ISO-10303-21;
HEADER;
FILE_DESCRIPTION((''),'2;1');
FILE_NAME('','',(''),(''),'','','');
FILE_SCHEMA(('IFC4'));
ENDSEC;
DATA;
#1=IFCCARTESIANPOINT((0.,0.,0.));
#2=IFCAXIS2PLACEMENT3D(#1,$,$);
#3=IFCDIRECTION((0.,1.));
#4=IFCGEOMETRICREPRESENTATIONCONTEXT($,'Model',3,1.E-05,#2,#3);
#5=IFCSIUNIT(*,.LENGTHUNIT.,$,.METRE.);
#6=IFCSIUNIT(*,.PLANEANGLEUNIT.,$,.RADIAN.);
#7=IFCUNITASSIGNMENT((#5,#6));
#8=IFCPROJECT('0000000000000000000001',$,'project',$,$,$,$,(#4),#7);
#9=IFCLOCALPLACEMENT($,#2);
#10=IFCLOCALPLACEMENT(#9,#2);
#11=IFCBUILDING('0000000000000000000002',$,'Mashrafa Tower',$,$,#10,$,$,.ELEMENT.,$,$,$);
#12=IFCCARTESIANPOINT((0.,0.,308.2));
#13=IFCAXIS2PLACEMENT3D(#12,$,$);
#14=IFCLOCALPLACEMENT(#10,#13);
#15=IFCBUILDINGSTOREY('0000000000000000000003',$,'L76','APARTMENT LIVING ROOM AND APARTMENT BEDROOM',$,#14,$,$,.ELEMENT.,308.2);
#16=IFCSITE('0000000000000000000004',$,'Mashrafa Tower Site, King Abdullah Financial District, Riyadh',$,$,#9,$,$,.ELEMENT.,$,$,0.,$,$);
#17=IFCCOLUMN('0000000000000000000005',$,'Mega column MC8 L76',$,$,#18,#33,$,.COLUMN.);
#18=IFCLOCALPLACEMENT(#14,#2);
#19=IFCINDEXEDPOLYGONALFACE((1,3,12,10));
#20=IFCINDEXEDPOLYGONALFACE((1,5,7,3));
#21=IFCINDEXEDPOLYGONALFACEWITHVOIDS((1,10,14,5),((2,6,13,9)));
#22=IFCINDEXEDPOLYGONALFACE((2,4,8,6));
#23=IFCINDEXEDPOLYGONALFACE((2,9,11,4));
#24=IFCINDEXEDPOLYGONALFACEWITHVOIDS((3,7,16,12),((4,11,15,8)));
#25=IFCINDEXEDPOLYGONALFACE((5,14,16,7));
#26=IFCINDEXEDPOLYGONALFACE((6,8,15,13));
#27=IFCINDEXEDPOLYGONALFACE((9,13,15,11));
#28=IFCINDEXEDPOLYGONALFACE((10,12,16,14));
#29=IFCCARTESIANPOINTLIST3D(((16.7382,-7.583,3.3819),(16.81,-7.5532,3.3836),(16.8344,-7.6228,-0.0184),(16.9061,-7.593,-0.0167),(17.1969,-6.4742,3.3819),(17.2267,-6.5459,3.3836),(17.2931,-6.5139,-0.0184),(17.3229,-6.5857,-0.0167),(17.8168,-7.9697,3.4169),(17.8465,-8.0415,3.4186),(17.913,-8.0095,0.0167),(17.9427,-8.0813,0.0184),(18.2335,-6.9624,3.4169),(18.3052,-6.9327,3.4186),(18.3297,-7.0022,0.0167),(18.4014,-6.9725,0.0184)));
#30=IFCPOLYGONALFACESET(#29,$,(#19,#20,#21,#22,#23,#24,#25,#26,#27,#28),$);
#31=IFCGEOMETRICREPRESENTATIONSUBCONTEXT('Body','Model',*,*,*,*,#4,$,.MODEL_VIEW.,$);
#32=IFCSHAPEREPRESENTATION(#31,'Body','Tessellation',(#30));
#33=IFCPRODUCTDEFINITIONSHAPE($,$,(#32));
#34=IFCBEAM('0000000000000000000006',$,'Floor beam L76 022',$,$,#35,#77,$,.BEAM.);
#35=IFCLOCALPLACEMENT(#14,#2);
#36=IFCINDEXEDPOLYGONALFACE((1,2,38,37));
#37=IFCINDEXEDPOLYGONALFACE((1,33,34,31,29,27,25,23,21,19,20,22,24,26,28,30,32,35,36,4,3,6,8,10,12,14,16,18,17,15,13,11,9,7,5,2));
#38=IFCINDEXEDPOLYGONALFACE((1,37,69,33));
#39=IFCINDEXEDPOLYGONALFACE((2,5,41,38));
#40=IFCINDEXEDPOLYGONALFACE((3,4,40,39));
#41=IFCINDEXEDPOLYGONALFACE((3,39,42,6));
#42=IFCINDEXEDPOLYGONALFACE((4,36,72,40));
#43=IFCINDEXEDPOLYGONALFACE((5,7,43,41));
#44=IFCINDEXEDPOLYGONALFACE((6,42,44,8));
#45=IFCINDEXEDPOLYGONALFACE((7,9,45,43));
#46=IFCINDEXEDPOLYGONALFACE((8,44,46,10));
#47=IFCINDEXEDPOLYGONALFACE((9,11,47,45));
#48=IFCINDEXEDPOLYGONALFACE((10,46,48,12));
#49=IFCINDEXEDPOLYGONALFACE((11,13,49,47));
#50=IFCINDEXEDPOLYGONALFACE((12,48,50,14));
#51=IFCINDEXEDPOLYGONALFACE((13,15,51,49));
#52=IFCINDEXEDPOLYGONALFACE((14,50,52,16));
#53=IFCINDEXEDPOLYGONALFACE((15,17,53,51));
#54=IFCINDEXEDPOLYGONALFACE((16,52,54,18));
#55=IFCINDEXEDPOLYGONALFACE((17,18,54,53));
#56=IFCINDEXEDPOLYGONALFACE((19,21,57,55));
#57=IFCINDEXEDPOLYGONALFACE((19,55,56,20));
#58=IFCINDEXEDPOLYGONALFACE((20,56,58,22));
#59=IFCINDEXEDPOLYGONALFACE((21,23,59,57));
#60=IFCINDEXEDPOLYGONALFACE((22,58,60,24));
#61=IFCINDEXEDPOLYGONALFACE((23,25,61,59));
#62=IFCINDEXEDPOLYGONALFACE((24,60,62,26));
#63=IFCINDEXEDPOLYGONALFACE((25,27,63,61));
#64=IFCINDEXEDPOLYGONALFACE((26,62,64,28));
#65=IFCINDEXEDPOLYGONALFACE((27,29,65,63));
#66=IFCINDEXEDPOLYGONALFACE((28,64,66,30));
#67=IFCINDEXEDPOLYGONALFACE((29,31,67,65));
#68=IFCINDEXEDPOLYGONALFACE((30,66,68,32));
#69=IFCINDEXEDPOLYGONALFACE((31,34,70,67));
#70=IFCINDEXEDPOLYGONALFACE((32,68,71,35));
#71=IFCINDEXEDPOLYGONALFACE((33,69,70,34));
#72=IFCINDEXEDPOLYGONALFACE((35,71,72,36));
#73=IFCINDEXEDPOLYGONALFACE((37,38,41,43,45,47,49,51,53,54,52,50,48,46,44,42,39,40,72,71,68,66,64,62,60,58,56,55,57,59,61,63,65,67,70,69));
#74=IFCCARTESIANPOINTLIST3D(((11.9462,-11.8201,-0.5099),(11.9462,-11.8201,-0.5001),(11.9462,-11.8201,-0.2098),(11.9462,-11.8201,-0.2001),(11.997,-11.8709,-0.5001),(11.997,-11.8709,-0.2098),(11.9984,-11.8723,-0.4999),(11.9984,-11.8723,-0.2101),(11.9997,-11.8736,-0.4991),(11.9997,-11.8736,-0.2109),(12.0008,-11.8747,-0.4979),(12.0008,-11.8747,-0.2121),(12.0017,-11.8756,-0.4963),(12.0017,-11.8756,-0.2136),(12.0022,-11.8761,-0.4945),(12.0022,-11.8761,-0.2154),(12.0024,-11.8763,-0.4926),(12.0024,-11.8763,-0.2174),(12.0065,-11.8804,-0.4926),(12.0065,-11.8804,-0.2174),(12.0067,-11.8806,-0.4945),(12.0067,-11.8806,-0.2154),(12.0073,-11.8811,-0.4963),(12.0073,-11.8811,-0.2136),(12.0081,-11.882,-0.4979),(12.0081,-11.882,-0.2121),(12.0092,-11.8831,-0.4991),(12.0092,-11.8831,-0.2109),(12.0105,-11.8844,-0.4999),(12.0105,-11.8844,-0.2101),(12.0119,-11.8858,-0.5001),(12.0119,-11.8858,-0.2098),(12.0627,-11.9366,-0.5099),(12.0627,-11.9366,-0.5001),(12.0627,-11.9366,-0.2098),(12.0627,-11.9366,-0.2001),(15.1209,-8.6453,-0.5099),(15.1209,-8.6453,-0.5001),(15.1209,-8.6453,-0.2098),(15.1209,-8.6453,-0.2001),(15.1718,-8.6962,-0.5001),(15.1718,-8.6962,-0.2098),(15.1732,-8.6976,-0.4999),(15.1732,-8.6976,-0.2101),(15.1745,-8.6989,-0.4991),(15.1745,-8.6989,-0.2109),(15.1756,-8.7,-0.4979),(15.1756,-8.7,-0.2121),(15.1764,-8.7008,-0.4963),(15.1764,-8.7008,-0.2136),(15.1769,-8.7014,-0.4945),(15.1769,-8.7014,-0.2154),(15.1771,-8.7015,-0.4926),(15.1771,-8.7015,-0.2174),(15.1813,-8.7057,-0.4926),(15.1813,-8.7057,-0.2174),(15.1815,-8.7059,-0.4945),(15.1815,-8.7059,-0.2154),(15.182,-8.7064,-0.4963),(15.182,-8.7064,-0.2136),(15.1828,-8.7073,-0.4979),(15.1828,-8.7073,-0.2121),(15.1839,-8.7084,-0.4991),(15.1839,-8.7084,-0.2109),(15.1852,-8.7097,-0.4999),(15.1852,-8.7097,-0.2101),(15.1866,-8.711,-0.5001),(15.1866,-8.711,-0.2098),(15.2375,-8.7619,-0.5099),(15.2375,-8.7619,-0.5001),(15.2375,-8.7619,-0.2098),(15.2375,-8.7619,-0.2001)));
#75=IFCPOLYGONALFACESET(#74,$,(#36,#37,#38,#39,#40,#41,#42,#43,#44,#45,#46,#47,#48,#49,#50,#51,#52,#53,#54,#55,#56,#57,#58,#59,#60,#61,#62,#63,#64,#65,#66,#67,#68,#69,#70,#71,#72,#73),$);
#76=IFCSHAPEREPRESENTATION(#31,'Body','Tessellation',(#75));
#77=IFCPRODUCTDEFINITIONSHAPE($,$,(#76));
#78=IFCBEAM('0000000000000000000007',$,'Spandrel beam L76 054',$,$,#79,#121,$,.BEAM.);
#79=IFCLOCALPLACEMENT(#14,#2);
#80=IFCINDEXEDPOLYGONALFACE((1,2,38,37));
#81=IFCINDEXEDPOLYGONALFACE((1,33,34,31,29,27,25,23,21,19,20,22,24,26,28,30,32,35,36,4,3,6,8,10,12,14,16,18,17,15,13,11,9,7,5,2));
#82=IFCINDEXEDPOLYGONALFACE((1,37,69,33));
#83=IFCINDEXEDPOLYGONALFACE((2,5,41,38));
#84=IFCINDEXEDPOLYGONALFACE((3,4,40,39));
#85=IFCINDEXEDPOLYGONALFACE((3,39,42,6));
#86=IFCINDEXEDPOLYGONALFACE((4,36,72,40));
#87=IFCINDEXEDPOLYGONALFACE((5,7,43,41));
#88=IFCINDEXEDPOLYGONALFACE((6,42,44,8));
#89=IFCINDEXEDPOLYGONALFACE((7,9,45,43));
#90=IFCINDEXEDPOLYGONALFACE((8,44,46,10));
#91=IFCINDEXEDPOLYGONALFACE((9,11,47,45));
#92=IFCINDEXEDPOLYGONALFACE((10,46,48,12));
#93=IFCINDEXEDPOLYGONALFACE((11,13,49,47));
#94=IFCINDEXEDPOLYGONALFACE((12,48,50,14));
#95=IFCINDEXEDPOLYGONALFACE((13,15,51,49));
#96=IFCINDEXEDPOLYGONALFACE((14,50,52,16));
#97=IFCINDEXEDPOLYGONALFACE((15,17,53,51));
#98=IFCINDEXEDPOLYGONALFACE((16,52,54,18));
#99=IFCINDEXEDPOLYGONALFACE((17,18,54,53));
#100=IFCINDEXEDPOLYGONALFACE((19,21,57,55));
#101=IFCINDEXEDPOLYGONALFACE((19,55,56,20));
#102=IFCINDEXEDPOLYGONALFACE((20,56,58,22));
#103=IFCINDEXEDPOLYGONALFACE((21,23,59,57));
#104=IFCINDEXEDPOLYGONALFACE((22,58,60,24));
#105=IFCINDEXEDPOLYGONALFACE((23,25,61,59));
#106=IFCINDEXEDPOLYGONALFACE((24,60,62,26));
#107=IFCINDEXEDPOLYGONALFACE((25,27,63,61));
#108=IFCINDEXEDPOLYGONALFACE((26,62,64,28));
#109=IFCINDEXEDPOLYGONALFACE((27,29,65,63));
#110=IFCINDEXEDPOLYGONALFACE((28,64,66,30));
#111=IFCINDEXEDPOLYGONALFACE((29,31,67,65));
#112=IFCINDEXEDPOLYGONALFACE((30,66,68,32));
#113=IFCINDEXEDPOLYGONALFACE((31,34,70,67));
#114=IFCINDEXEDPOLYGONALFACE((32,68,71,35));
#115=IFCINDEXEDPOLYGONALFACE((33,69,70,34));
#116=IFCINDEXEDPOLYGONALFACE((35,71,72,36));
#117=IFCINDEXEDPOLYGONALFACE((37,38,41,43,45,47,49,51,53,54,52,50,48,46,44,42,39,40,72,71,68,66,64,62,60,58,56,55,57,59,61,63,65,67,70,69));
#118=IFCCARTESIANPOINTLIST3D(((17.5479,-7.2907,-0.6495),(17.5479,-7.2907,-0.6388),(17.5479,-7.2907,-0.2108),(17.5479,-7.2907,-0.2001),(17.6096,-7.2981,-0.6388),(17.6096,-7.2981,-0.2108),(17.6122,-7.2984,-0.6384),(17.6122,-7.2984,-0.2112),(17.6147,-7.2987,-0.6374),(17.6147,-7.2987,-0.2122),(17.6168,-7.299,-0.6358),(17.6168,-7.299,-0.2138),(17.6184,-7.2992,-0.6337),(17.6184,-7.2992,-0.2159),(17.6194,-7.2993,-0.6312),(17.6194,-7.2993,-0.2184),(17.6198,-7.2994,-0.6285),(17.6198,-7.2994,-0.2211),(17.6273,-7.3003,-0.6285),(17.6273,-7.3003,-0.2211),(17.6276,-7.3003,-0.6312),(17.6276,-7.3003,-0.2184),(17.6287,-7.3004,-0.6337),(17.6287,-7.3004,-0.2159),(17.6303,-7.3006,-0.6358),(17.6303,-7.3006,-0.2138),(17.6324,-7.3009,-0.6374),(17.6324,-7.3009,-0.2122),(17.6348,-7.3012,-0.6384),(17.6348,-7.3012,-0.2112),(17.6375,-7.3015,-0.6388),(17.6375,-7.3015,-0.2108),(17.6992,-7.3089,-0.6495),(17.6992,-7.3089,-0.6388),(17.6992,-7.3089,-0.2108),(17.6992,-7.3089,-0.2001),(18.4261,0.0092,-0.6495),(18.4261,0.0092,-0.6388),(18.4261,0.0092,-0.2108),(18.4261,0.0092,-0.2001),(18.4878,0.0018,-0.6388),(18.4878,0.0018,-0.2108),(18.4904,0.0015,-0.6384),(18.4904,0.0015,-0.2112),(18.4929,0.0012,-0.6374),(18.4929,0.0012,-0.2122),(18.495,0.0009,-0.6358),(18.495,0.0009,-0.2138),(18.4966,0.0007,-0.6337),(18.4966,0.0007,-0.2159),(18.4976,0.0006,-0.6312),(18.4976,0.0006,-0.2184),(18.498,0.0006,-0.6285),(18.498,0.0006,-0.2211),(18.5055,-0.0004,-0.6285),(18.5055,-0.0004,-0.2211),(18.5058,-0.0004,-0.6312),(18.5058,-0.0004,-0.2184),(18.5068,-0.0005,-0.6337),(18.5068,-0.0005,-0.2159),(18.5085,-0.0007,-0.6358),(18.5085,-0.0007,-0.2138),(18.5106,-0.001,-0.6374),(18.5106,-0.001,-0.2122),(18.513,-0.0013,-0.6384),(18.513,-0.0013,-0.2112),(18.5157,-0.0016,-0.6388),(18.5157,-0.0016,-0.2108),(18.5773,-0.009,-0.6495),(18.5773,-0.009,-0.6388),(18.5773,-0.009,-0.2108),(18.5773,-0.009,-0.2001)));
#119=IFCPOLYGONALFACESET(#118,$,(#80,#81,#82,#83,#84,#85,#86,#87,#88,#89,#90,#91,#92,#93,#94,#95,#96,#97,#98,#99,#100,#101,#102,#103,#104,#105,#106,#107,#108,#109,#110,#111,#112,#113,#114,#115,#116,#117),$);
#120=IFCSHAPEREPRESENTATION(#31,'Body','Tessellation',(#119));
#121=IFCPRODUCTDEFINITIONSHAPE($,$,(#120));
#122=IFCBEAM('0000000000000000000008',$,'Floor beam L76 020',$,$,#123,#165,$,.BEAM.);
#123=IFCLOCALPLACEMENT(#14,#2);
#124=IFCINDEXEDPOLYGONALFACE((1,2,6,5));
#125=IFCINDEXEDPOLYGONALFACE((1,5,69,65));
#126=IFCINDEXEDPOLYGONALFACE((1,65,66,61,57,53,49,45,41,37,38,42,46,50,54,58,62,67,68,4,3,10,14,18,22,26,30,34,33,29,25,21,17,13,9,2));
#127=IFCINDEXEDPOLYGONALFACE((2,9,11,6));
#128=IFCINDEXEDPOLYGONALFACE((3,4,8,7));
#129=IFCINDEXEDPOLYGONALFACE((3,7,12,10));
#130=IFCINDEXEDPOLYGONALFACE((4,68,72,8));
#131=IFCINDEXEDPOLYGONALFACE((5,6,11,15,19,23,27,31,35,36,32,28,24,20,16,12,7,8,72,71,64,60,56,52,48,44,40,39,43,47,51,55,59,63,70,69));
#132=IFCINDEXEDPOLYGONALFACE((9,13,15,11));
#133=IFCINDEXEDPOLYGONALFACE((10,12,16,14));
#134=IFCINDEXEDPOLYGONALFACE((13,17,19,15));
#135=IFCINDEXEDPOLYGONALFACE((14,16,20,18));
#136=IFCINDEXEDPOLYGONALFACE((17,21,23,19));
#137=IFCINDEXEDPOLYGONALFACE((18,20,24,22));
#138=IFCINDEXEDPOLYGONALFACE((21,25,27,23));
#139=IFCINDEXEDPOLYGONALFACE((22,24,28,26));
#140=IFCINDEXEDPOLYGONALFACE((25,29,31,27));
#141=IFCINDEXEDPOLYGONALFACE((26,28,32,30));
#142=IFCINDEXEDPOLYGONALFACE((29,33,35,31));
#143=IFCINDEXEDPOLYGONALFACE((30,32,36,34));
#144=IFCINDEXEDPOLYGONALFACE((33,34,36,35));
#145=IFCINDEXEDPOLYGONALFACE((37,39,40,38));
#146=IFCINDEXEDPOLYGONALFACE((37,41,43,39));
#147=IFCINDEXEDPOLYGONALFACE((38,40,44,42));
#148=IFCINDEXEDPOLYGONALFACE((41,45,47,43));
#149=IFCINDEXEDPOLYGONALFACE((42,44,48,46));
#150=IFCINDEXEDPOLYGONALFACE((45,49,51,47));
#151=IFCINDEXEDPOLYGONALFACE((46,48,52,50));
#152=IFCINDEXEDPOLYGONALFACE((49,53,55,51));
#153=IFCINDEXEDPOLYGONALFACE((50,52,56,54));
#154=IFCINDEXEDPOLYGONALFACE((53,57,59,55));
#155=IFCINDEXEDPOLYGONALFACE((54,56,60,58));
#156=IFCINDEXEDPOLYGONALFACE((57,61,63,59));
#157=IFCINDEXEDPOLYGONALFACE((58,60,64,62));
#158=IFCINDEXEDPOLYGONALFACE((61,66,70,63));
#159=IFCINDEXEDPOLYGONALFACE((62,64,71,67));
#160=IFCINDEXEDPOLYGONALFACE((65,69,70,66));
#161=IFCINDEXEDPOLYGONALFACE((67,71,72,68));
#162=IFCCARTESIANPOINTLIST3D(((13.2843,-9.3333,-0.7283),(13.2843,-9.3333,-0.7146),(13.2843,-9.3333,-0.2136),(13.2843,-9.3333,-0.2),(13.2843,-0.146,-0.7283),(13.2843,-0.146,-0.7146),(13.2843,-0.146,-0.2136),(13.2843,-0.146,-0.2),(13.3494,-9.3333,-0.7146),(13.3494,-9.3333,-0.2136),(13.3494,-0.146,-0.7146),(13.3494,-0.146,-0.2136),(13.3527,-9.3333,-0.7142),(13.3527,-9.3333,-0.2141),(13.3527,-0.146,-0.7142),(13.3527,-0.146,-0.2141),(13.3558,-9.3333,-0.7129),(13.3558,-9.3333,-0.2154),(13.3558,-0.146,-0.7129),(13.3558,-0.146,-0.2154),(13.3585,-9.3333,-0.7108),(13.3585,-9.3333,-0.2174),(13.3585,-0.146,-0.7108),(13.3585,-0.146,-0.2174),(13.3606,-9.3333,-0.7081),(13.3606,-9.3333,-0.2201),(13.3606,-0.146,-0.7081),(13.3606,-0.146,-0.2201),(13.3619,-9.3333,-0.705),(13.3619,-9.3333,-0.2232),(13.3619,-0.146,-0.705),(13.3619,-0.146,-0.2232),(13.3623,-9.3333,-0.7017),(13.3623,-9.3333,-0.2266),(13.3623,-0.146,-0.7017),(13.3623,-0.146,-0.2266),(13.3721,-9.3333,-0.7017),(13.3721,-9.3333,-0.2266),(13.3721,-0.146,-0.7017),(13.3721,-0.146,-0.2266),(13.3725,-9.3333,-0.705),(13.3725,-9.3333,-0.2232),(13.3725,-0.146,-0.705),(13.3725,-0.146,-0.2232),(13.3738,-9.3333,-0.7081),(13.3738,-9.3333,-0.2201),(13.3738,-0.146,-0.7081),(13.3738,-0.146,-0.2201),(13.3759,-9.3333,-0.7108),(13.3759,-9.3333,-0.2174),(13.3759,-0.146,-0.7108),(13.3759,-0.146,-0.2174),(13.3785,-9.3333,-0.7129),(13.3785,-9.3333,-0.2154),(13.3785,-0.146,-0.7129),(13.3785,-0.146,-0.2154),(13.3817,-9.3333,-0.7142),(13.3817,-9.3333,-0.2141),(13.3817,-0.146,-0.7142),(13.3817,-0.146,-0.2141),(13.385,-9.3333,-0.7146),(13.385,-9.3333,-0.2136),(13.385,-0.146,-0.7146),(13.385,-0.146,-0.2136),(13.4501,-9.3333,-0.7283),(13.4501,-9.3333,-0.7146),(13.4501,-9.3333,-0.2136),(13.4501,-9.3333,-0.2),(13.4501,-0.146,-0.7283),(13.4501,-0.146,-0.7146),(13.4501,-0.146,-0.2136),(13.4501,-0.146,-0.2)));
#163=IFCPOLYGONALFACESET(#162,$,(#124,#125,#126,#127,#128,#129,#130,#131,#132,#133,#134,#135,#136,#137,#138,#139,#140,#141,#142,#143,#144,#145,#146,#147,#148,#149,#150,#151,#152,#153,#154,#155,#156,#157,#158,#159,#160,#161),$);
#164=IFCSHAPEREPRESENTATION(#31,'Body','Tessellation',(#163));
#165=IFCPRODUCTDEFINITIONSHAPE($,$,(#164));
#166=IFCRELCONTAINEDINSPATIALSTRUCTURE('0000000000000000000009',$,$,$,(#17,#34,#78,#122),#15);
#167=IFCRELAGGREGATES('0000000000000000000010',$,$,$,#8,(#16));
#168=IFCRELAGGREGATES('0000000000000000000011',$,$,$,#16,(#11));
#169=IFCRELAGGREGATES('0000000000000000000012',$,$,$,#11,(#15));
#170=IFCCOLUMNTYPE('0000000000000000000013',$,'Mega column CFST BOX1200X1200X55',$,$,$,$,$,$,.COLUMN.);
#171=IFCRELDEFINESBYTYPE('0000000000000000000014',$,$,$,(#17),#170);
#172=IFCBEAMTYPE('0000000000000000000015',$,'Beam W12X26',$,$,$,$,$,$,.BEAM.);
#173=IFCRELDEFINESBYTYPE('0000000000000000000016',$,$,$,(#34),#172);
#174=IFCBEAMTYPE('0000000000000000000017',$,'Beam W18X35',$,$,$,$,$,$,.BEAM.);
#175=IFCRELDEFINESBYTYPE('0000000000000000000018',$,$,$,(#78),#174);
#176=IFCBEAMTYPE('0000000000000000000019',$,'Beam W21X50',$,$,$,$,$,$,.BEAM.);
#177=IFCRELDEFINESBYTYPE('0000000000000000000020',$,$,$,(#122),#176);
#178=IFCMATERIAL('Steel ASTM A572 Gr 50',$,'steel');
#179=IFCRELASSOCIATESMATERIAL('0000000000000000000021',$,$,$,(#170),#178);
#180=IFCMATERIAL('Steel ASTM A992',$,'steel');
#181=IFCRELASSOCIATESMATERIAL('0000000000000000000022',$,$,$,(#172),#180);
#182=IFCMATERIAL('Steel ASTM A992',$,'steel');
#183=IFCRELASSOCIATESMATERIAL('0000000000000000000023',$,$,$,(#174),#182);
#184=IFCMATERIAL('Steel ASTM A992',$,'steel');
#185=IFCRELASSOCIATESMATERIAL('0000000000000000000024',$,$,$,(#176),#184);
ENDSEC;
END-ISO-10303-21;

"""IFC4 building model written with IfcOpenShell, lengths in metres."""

from ifc_helpers import new_model, si_unit, direction, frame, origin, origin_2d, place, context, subcontext, project, spatial, hollow_rectangle, i_section, extrude, material, material_profile, profile_set, type_object, element, save


model = new_model("IFC4")

# Units and contexts
model_context = context("Model", 3, precision=1e-05, world=origin(), true_north=direction((0.0, 1.0)))
body_context = subcontext(model_context, "Body", "Model", "MODEL_VIEW")
ifc_project = project(units=[si_unit("LENGTHUNIT", "METRE"), si_unit("PLANEANGLEUNIT", "RADIAN")], contexts=[model_context])

# Site, building, storey
site_placement = place(None, origin())
site = spatial("IfcSite", under=ifc_project, at=site_placement, Name="Mashrafa Tower Site, King Abdullah Financial District, Riyadh", CompositionType="ELEMENT", RefElevation=0.0)
building_placement = place(site_placement, origin())
building = spatial("IfcBuilding", under=site, at=building_placement, Name="Mashrafa Tower", CompositionType="ELEMENT")
storey_placement = place(building_placement, frame((0.0, 0.0, 308.2)))
storey = spatial("IfcBuildingStorey", under=building, at=storey_placement, Name="L76", Description="APARTMENT LIVING ROOM AND APARTMENT BEDROOM", CompositionType="ELEMENT", Elevation=308.2)

# Column
ifc_material_1 = material(Name="Steel ASTM A572 Gr 50", Category="steel")
ifc_material_profile_1 = material_profile(ifc_material_1, hollow_rectangle(XDim=1.2, YDim=1.2, WallThickness=0.0549, at=origin_2d()), Name="BOX1200X1200X55")
ifc_profile_set_1 = profile_set([ifc_material_profile_1], Name="Steel ASTM A572 Gr 50")
column_type = type_object("IfcColumnType", Name="Mega column CFST BOX1200X1200X55", PredefinedType="COLUMN", material=ifc_profile_set_1)
column_placement = place(storey_placement, frame((17.6179, -7.2976, 0.0), z_axis=(-0.028277, 0.011698, 0.999532), x_axis=(-0.382283, -0.924045, 0.0)))
element("IfcColumn", 1, at=column_placement, inside=storey, type_object=column_type, Name="Mega column MC8 L76", PredefinedType="COLUMN", context=body_context, shape_type="SweptSolid", body=[
    extrude(hollow_rectangle(XDim=1.2, YDim=1.2, WallThickness=0.0549, at=origin_2d()), origin(), (0.0, 0.0, 1.0), 3.4019),
])

# Beams
ifc_material_2 = material(Name="Steel ASTM A992", Category="steel")
ifc_material_profile_2 = material_profile(ifc_material_2, i_section(OverallWidth=0.1648, OverallDepth=0.3098, WebThickness=0.0059, FlangeThickness=0.0098, FilletRadius=0.0076, at=origin_2d()), Name="W12X26")
ifc_profile_set_2 = profile_set([ifc_material_profile_2], Name="Steel ASTM A992")
beam_type_1 = type_object("IfcBeamType", Name="Beam W12X26", PredefinedType="BEAM", material=ifc_profile_set_2)
beam_1_placement = place(storey_placement, frame((15.1792, -8.7036, -0.355), z_axis=(-0.707107, -0.707107, 0.0), x_axis=(0.707107, -0.707107, 0.0)))
element("IfcBeam", 2, at=beam_1_placement, inside=storey, type_object=beam_type_1, Name="Floor beam L76 022", PredefinedType="BEAM", context=body_context, shape_type="SweptSolid", body=[
    extrude(i_section(OverallWidth=0.1648, OverallDepth=0.3098, WebThickness=0.0059, FlangeThickness=0.0098, FilletRadius=0.0076, at=origin_2d()), origin(), (0.0, 0.0, 1.0), 4.4897),
])
ifc_material_3 = material(Name="Steel ASTM A992", Category="steel")
ifc_material_profile_3 = material_profile(ifc_material_3, i_section(OverallWidth=0.1523, OverallDepth=0.4495, WebThickness=0.0076, FlangeThickness=0.0107, FilletRadius=0.0103, at=origin_2d()), Name="W18X35")
ifc_profile_set_3 = profile_set([ifc_material_profile_3], Name="Steel ASTM A992")
beam_type_2 = type_object("IfcBeamType", Name="Beam W18X35", PredefinedType="BEAM", material=ifc_profile_set_3)
beam_2_placement = place(storey_placement, frame((17.6235, -7.2998, -0.4248), z_axis=(0.11944, 0.992841, 0.0), x_axis=(-0.992841, 0.11944, 0.0)))
element("IfcBeam", 3, at=beam_2_placement, inside=storey, type_object=beam_type_2, Name="Spandrel beam L76 054", PredefinedType="BEAM", context=body_context, shape_type="SweptSolid", body=[
    extrude(i_section(OverallWidth=0.1523, OverallDepth=0.4495, WebThickness=0.0076, FlangeThickness=0.0107, FilletRadius=0.0103, at=origin_2d()), origin(), (0.0, 0.0, 1.0), 7.3525),
])
ifc_material_4 = material(Name="Steel ASTM A992", Category="steel")
ifc_material_profile_4 = material_profile(ifc_material_4, i_section(OverallWidth=0.1658, OverallDepth=0.5283, WebThickness=0.0098, FlangeThickness=0.0137, FilletRadius=0.0129, at=origin_2d()), Name="W21X50")
ifc_profile_set_4 = profile_set([ifc_material_profile_4], Name="Steel ASTM A992")
beam_type_3 = type_object("IfcBeamType", Name="Beam W21X50", PredefinedType="BEAM", material=ifc_profile_set_4)
beam_3_placement = place(storey_placement, frame((13.3672, -0.146, -0.4641), z_axis=(0.0, -1.0, 0.0), x_axis=(1.0, 0.0, 0.0)))
element("IfcBeam", 4, at=beam_3_placement, inside=storey, type_object=beam_type_3, Name="Floor beam L76 020", PredefinedType="BEAM", context=body_context, shape_type="SweptSolid", body=[
    extrude(i_section(OverallWidth=0.1658, OverallDepth=0.5283, WebThickness=0.0098, FlangeThickness=0.0137, FilletRadius=0.0129, at=origin_2d()), origin(), (0.0, 0.0, 1.0), 9.1873),
])

save(model, "model.ifc")
